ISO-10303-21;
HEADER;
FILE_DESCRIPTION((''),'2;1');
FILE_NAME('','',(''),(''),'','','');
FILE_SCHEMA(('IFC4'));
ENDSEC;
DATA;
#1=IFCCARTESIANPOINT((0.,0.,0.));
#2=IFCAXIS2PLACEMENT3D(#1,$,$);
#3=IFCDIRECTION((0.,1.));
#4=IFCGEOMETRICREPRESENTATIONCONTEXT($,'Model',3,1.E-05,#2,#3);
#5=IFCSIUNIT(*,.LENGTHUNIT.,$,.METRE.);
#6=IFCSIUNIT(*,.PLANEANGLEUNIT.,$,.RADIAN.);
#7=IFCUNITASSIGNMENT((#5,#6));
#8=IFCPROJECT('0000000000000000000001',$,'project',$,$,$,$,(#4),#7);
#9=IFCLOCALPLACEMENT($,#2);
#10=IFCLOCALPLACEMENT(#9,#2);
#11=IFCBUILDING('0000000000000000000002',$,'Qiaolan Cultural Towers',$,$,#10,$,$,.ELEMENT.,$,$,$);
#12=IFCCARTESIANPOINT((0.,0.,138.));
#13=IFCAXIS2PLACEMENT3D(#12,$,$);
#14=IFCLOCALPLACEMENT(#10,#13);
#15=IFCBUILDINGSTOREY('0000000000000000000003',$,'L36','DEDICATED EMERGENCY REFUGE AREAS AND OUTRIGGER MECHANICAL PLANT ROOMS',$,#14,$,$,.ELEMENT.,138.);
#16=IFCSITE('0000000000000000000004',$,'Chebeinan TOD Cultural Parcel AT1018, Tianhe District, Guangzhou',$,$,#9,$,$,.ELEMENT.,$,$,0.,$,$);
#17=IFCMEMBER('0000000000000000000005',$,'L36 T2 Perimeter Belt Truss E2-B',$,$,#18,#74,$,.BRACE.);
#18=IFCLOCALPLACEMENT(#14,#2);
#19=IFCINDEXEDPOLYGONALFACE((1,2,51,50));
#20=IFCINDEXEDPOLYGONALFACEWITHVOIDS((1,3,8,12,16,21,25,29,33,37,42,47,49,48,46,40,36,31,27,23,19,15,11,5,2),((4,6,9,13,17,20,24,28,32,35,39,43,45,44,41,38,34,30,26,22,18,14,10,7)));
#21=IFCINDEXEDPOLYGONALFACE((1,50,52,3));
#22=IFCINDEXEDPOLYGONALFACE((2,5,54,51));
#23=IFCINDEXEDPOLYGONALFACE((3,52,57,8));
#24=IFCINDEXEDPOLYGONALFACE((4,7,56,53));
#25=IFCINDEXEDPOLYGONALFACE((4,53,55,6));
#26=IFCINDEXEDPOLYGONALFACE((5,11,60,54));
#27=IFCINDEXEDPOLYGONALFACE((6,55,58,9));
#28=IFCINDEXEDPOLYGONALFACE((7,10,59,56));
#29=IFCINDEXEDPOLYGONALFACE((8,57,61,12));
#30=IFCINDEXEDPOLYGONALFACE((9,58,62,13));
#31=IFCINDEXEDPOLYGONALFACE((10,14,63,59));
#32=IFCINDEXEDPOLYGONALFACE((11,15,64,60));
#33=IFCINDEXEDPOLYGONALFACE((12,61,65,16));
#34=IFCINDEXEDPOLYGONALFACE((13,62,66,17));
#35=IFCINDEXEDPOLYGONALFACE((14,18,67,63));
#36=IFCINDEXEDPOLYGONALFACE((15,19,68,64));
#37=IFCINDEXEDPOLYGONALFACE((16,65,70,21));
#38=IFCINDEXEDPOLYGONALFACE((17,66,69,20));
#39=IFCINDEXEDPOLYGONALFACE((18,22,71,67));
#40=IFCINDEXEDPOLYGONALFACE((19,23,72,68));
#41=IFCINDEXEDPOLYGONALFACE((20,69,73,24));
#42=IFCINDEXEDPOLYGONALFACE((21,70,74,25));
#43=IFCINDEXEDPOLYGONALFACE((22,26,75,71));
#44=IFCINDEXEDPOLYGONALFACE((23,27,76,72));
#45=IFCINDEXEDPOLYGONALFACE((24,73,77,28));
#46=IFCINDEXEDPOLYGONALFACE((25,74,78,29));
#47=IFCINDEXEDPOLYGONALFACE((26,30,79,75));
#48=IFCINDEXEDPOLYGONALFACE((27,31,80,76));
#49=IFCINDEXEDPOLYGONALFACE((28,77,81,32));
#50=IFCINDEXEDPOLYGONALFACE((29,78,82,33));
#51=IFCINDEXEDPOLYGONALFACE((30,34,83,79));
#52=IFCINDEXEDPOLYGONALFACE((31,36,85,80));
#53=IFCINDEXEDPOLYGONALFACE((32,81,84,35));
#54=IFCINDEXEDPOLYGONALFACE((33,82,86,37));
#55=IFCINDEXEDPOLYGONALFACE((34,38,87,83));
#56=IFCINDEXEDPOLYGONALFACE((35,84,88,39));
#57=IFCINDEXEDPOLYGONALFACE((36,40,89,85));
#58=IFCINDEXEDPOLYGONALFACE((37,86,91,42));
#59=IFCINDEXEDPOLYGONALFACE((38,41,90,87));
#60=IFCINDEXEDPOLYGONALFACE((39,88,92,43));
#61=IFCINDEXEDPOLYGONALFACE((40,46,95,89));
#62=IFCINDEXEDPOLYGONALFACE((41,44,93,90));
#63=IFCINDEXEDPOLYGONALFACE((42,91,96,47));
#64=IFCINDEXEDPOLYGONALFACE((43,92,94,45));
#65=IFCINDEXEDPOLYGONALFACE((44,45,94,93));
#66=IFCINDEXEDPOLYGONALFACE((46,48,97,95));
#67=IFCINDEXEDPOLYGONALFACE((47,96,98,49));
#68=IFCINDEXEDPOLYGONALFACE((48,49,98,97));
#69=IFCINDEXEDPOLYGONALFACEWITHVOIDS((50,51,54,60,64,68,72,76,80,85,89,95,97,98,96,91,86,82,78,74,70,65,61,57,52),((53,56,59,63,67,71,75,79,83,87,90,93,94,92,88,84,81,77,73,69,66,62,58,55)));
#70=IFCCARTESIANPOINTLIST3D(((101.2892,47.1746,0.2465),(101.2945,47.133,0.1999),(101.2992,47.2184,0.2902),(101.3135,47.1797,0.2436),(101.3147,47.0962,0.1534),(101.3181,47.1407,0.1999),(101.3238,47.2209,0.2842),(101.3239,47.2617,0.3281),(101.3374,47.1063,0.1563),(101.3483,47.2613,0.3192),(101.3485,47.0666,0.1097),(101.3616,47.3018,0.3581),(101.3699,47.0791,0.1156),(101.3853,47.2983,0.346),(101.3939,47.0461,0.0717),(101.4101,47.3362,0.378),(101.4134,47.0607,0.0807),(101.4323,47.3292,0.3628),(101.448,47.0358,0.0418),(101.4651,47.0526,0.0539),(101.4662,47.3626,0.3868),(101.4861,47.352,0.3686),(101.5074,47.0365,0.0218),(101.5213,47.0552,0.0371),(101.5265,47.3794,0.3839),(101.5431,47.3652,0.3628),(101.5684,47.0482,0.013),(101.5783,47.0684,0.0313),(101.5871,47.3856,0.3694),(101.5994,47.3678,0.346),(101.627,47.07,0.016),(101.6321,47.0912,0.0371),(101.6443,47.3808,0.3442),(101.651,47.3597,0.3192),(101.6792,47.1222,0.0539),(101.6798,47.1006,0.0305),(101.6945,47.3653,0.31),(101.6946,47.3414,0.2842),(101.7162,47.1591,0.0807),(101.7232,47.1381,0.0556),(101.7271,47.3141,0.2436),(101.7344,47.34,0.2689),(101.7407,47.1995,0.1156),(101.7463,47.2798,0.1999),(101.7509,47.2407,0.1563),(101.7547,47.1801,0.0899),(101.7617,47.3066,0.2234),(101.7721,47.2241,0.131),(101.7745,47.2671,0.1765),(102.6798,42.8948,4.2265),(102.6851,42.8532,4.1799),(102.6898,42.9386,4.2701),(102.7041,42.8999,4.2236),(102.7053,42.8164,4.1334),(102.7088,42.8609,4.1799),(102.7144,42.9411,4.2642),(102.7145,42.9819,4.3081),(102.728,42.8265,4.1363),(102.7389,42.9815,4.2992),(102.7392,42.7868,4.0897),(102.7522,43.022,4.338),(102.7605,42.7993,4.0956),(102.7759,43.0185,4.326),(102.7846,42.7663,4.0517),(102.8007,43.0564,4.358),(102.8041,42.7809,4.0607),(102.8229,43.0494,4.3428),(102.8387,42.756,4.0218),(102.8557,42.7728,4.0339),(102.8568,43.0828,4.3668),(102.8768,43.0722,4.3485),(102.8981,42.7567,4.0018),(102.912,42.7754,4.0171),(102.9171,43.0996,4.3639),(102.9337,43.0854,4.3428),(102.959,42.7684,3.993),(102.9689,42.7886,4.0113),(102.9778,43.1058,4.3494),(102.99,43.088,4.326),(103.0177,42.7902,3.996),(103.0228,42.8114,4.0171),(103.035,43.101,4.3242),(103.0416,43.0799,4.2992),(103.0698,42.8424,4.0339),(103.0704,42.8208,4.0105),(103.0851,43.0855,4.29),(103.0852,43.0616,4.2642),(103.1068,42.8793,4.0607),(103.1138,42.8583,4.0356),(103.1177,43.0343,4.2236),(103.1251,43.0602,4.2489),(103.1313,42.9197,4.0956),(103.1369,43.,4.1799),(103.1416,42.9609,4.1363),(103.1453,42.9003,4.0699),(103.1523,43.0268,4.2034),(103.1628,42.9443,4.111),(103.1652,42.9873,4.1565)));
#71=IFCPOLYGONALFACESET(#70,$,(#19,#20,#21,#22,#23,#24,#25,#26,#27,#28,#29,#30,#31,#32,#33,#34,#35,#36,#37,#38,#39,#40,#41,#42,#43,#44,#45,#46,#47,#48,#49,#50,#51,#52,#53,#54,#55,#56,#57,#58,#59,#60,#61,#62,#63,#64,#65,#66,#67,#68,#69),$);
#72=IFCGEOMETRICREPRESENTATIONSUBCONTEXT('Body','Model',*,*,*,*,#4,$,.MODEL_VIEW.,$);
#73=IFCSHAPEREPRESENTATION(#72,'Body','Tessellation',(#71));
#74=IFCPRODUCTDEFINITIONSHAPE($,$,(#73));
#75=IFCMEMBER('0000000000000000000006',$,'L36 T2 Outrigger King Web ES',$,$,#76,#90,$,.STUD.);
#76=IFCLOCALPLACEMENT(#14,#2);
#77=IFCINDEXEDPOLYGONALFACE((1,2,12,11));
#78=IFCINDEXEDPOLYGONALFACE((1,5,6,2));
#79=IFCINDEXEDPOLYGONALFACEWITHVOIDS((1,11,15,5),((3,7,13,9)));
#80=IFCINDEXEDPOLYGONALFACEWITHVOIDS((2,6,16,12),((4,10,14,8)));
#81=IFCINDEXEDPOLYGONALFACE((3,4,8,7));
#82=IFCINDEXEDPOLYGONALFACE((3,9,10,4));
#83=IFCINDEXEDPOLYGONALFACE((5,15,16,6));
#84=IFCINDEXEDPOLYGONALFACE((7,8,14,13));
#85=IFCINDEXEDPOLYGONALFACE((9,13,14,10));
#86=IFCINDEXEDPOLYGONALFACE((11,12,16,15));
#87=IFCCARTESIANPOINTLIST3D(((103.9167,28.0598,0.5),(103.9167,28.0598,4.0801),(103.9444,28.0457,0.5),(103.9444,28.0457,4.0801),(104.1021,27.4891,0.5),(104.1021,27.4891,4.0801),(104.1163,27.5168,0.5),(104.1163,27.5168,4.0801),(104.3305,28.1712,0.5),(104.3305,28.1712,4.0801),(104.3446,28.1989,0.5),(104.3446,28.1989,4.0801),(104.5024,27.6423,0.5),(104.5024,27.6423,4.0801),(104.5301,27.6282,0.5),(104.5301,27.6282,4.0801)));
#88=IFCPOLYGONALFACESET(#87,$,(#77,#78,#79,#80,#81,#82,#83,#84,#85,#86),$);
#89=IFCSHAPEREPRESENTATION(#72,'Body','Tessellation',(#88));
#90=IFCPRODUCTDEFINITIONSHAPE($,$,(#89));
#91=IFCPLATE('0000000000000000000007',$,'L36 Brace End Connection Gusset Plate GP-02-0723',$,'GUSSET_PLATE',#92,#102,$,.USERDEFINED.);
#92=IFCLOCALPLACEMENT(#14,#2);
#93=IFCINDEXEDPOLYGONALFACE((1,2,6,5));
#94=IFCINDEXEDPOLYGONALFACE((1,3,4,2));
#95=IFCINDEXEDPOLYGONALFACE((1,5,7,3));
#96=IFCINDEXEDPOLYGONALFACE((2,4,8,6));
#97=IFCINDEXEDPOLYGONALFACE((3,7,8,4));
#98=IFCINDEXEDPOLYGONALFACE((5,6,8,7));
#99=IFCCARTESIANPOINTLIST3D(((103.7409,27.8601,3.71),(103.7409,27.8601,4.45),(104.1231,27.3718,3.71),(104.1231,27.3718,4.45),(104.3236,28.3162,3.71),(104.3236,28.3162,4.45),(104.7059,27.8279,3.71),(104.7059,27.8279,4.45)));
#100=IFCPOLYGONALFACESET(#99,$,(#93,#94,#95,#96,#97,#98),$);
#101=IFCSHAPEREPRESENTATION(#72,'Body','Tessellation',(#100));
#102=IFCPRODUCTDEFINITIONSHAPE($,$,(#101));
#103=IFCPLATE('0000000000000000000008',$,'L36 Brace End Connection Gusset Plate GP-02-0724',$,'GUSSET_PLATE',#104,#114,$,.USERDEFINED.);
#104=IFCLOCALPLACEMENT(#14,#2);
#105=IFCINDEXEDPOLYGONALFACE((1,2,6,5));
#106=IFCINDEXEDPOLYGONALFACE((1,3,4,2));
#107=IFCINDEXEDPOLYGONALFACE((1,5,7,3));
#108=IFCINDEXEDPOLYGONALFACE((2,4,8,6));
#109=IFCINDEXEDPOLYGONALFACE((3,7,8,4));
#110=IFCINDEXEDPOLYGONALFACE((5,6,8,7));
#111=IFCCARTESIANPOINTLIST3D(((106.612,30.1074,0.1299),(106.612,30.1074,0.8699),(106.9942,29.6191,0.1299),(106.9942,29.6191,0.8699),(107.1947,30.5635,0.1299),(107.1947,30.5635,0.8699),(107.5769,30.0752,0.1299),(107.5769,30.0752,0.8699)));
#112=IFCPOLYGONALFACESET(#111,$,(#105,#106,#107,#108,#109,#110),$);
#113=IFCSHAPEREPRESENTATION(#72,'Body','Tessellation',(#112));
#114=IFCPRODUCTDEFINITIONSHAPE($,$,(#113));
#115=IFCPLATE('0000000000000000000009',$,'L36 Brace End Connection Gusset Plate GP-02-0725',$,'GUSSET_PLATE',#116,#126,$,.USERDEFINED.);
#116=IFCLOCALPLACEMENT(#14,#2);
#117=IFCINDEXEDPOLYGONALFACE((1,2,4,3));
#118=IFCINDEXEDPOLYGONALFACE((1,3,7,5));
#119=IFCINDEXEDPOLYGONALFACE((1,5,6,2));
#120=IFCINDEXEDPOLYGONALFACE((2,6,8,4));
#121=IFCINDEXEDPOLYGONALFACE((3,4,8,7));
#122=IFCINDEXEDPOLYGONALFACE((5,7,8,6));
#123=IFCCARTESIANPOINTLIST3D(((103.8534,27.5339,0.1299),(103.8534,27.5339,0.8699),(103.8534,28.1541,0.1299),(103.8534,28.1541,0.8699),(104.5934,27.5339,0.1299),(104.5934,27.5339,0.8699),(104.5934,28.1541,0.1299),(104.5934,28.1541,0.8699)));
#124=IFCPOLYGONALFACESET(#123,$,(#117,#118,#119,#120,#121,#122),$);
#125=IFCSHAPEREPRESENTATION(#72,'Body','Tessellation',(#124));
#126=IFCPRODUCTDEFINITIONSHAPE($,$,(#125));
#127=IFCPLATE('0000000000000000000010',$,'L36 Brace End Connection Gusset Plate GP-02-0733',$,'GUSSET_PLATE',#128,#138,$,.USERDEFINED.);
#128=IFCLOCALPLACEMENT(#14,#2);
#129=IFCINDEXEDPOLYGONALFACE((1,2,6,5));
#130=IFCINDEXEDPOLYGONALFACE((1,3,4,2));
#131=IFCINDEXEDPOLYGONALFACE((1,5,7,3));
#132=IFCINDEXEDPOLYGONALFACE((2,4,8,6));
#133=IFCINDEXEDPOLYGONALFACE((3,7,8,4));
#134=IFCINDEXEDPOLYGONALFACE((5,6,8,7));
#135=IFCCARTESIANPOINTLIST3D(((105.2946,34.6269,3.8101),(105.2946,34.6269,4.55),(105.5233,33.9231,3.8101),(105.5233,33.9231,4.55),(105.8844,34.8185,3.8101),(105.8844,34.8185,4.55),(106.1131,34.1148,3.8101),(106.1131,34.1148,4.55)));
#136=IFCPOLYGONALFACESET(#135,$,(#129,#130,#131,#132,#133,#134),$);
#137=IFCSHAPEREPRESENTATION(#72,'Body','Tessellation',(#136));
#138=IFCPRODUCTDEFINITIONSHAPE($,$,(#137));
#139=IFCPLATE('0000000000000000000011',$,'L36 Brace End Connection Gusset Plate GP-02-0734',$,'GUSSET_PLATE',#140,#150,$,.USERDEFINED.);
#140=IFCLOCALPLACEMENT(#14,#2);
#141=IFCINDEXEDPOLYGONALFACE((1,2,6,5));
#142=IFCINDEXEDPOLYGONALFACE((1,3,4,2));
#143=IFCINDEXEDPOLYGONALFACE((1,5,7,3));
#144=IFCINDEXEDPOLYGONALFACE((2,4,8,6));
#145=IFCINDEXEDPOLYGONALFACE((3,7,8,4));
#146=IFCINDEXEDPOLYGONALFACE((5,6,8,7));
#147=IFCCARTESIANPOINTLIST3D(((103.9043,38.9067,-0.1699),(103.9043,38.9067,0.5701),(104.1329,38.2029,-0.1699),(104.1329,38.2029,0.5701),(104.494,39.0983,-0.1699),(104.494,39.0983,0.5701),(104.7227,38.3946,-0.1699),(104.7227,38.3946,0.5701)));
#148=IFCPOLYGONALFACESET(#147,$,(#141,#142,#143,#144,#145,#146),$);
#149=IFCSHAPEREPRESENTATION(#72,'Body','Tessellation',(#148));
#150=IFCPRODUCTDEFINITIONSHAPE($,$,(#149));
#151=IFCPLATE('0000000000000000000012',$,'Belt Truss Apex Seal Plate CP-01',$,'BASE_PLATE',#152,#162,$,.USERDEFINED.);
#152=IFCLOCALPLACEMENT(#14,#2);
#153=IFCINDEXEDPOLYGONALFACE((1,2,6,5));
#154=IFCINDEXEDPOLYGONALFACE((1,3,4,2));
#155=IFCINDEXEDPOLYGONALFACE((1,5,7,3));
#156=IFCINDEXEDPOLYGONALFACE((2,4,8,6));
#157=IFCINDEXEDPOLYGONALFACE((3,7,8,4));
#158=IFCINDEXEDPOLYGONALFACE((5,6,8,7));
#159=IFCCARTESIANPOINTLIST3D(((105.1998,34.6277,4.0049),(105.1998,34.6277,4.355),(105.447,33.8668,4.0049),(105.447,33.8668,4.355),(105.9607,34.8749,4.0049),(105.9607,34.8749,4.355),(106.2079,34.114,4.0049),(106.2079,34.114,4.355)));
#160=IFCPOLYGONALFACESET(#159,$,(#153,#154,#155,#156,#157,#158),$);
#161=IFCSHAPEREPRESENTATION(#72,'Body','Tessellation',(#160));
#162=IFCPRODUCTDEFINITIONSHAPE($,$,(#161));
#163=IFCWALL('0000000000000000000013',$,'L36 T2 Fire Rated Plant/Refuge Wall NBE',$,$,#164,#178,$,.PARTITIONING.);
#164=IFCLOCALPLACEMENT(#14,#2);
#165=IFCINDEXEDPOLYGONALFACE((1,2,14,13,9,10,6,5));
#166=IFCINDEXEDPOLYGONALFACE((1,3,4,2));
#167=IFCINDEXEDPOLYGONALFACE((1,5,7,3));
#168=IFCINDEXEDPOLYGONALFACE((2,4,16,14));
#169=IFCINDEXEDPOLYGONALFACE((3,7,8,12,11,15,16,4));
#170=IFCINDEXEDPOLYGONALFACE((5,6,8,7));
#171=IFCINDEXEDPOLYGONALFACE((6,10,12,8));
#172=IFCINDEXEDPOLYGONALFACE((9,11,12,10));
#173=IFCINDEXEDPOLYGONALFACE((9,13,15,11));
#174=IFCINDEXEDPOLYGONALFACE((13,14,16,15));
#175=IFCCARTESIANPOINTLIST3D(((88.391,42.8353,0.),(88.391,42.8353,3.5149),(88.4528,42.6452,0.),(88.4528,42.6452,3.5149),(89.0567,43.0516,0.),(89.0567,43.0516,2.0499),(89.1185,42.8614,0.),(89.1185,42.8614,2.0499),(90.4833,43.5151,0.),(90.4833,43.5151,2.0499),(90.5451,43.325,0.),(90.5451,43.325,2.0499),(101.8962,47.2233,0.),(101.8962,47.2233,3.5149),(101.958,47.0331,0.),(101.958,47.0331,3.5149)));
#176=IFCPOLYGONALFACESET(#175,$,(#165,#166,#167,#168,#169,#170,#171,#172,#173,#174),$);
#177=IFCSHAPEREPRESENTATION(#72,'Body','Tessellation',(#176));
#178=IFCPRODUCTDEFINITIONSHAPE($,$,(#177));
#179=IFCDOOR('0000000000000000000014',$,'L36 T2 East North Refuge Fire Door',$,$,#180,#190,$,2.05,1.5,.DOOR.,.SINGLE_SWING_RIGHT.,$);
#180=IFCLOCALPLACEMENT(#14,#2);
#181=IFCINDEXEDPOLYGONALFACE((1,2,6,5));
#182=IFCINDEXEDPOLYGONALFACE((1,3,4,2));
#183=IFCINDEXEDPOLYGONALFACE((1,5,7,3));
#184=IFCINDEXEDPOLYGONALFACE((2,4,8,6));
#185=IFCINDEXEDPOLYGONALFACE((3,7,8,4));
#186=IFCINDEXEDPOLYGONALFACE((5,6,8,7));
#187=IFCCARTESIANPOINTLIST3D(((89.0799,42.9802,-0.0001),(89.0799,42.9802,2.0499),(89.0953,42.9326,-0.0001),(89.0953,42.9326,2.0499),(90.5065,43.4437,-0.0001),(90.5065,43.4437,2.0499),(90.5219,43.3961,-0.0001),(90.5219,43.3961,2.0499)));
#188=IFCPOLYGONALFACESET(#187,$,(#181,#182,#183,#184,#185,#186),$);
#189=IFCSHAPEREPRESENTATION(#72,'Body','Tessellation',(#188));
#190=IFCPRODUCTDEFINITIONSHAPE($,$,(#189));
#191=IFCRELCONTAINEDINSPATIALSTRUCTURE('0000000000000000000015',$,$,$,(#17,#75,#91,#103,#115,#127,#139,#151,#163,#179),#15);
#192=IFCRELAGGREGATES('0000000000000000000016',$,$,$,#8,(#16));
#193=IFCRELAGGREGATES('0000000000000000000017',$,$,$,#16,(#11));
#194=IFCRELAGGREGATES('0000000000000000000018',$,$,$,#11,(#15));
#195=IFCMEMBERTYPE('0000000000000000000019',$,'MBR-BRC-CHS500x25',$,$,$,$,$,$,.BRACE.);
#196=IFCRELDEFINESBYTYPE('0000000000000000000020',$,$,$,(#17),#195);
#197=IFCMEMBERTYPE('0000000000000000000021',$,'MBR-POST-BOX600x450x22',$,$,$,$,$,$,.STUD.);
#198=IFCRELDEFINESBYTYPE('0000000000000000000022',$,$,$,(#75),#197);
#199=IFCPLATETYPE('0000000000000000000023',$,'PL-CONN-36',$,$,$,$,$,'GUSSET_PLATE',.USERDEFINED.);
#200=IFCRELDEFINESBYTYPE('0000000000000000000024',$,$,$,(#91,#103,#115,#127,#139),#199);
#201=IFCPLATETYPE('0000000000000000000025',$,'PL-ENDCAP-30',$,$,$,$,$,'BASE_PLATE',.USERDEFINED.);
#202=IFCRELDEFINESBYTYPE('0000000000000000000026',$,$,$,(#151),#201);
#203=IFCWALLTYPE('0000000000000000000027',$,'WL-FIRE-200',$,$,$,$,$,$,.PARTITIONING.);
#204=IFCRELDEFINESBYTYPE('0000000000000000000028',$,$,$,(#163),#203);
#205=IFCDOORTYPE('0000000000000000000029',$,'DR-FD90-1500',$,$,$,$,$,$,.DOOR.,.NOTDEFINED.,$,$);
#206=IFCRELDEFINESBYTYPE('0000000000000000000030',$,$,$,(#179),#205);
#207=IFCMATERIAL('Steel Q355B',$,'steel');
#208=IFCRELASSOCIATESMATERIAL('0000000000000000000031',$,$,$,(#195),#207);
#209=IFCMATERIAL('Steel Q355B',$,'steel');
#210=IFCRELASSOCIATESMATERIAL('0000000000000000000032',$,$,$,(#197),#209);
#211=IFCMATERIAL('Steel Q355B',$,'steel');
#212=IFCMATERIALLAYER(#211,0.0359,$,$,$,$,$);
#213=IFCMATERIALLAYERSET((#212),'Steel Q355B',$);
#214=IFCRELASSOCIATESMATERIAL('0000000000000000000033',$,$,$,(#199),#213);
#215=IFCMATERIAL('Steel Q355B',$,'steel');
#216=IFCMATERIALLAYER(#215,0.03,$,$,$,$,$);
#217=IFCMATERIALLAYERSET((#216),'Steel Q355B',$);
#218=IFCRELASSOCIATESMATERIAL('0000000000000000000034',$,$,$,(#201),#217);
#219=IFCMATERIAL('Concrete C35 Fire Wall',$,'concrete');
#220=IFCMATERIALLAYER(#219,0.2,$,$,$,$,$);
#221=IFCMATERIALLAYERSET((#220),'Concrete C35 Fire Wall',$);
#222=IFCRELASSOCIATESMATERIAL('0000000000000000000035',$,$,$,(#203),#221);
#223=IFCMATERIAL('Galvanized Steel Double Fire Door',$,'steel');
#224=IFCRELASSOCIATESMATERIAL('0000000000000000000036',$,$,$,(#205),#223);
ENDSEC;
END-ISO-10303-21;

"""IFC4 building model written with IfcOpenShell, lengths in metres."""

from ifc_helpers import new_model, si_unit, direction, frame, frame_2d, origin, origin_2d, place, context, subcontext, project, spatial, rectangle, hollow_rectangle, hollow_circle, extrude, material, layer, layer_set, material_profile, profile_set, type_object, element, fill, save


model = new_model("IFC4")

# Units and contexts
model_context = context("Model", 3, precision=1e-05, world=origin(), true_north=direction((0.0, 1.0)))
body_context = subcontext(model_context, "Body", "Model", "MODEL_VIEW")
ifc_project = project(units=[si_unit("LENGTHUNIT", "METRE"), si_unit("PLANEANGLEUNIT", "RADIAN")], contexts=[model_context])

# Site, building, storey
site_placement = place(None, origin())
site = spatial("IfcSite", under=ifc_project, at=site_placement, Name="Chebeinan TOD Cultural Parcel AT1018, Tianhe District, Guangzhou", CompositionType="ELEMENT", RefElevation=0.0)
building_placement = place(site_placement, origin())
building = spatial("IfcBuilding", under=site, at=building_placement, Name="Qiaolan Cultural Towers", CompositionType="ELEMENT")
storey_placement = place(building_placement, frame((0.0, 0.0, 138.0)))
storey = spatial("IfcBuildingStorey", under=building, at=storey_placement, Name="L36", Description="DEDICATED EMERGENCY REFUGE AREAS AND OUTRIGGER MECHANICAL PLANT ROOMS", CompositionType="ELEMENT", Elevation=138.0)

# Members
ifc_material_1 = material(Name="Steel Q355B", Category="steel")
ifc_material_profile_1 = material_profile(ifc_material_1, hollow_circle(Radius=0.25, WallThickness=0.0249, at=origin_2d()), Name="CHS500x25")
ifc_profile_set_1 = profile_set([ifc_material_profile_1], Name="Steel Q355B")
member_type_1 = type_object("IfcMemberType", Name="MBR-BRC-CHS500x25", PredefinedType="BRACE", material=ifc_profile_set_1)
for number, where, z_axis, x_axis, name in (
    (1, (102.9229, 42.9304, 4.1799), (-0.23148, 0.712401, -0.662497), (-0.951054, -0.309025, 0.0), "L36 T2 Perimeter Belt Truss E2-B"),
):
    element("IfcMember", number, at=place(storey_placement, frame(where, z_axis=z_axis, x_axis=x_axis)), inside=storey, type_object=member_type_1, Name=name, PredefinedType="BRACE", context=body_context, shape_type="SweptSolid", body=[
        extrude(hollow_circle(Radius=0.25, WallThickness=0.0249, at=origin_2d()), origin(), (0.0, 0.0, 1.0), 6.0076),
    ])
ifc_material_2 = material(Name="Steel Q355B", Category="steel")
ifc_material_profile_2 = material_profile(ifc_material_2, hollow_rectangle(XDim=0.45, YDim=0.6001, WallThickness=0.022, at=origin_2d()), Name="BOX600x450x22")
ifc_profile_set_2 = profile_set([ifc_material_profile_2], Name="Steel Q355B")
member_type_2 = type_object("IfcMemberType", Name="MBR-POST-BOX600x450x22", PredefinedType="STUD", material=ifc_profile_set_2)
member_1_placement = place(storey_placement, frame((104.2234, 27.844, 0.5), z_axis=(0.0, 0.0, 1.0), x_axis=(0.951057, 0.309017, 0.0)))
element("IfcMember", 2, at=member_1_placement, inside=storey, type_object=member_type_2, Name="L36 T2 Outrigger King Web ES", PredefinedType="STUD", context=body_context, shape_type="SweptSolid", body=[
    extrude(hollow_rectangle(XDim=0.45, YDim=0.6001, WallThickness=0.022, at=origin_2d()), origin(), (0.0, 0.0, 1.0), 3.5801),
])

# Plates
ifc_material_3 = material(Name="Steel Q355B", Category="steel")
ifc_layer_1 = layer(ifc_material_3, 0.0359)
ifc_layer_set_1 = layer_set([ifc_layer_1], Name="Steel Q355B")
plate_type_1 = type_object("IfcPlateType", Name="PL-CONN-36", ElementType="GUSSET_PLATE", PredefinedType="USERDEFINED", material=ifc_layer_set_1)
for number, where, z_axis, x_axis, name in (
    (3, (104.2234, 27.844, 3.71), (0.0, 0.0, 1.0), (0.787471, 0.616352, 0.0), "L36 Brace End Connection Gusset Plate GP-02-0723"),
    (4, (107.0945, 30.0913, 0.1299), (0.0, 0.0, 1.0), (0.787471, 0.616352, 0.0), "L36 Brace End Connection Gusset Plate GP-02-0724"),
    (5, (104.2234, 27.844, 0.1299), (0.0, 0.0, 1.0), (1.0, 0.0, 0.0), "L36 Brace End Connection Gusset Plate GP-02-0725"),
    (6, (105.7039, 34.3708, 3.8101), (0.0, 0.0, 1.0), (-0.309017, 0.951057, 0.0), "L36 Brace End Connection Gusset Plate GP-02-0733"),
    (7, (104.3135, 38.6506, -0.1699), (0.0, 0.0, 1.0), (-0.309017, 0.951057, 0.0), "L36 Brace End Connection Gusset Plate GP-02-0734"),
):
    element("IfcPlate", number, at=place(storey_placement, frame(where, z_axis=z_axis, x_axis=x_axis)), inside=storey, type_object=plate_type_1, Name=name, ObjectType="GUSSET_PLATE", PredefinedType="USERDEFINED", context=body_context, shape_type="SweptSolid", body=[
        extrude(rectangle(XDim=0.74, YDim=0.6201, at=origin_2d()), origin(), (0.0, 0.0, 1.0), 0.74),
    ])
ifc_material_4 = material(Name="Steel Q355B", Category="steel")
ifc_layer_2 = layer(ifc_material_4, 0.03)
ifc_layer_set_2 = layer_set([ifc_layer_2], Name="Steel Q355B")
plate_type_2 = type_object("IfcPlateType", Name="PL-ENDCAP-30", ElementType="BASE_PLATE", PredefinedType="USERDEFINED", material=ifc_layer_set_2)
plate_placement = place(storey_placement, frame((105.7039, 34.3708, 4.0049), z_axis=(0.0, 0.0, 1.0), x_axis=(0.951057, 0.309017, 0.0)))
element("IfcPlate", 8, at=plate_placement, inside=storey, type_object=plate_type_2, Name="Belt Truss Apex Seal Plate CP-01", ObjectType="BASE_PLATE", PredefinedType="USERDEFINED", context=body_context, shape_type="SweptSolid", body=[
    extrude(rectangle(XDim=0.8, YDim=0.8, at=origin_2d()), origin(), (0.0, 0.0, 1.0), 0.3501),
])

# Wall, opening, door
ifc_material_5 = material(Name="Concrete C35 Fire Wall", Category="concrete")
ifc_layer_3 = layer(ifc_material_5, 0.2)
ifc_layer_set_3 = layer_set([ifc_layer_3], Name="Concrete C35 Fire Wall")
wall_type = type_object("IfcWallType", Name="WL-FIRE-200", PredefinedType="PARTITIONING", material=ifc_layer_set_3)
wall_1_placement = place(storey_placement, frame((88.4219, 42.7402, 0.0), z_axis=(0.0, 0.0, 1.0), x_axis=(0.951059, 0.309008, 0.0)))
wall_1 = element("IfcWall", 9, at=wall_1_placement, inside=storey, type_object=wall_type, Name="L36 T2 Fire Rated Plant/Refuge Wall NBE", PredefinedType="PARTITIONING", context=body_context, shape_type="SweptSolid", body=[
    extrude(rectangle(XDim=14.2002, YDim=0.2, at=frame_2d((7.1001, 0.0))), origin(), (0.0, 0.0, 1.0), 3.5149),
])
opening_1_placement = place(wall_1_placement, frame((0.7, 0.0, 0.0)))
opening_1 = element("IfcOpeningElement", 10, at=opening_1_placement, cuts=wall_1, PredefinedType="OPENING", context=body_context, shape_type="SweptSolid", body=[
    extrude(rectangle(XDim=1.5, YDim=2.05, at=frame_2d((0.75, 1.0249))), frame((0.0, 0.1099, 0.0), z_axis=(0.0, -1.0, 0.0), x_axis=(1.0, 0.0, 0.0)), (0.0, 0.0, 1.0), 0.22),
])
ifc_material_6 = material(Name="Galvanized Steel Double Fire Door", Category="steel")
door_type_1 = type_object("IfcDoorType", Name="DR-FD90-1500", OperationType="NOTDEFINED", PredefinedType="DOOR", material=ifc_material_6)
door_1_placement = place(opening_1_placement, origin())
door_1 = element("IfcDoor", 11, at=door_1_placement, inside=storey, type_object=door_type_1, Name="L36 T2 East North Refuge Fire Door", OperationType="SINGLE_SWING_RIGHT", OverallHeight=2.05, OverallWidth=1.5, PredefinedType="DOOR", context=body_context, shape_type="SweptSolid", body=[
    extrude(rectangle(XDim=1.5, YDim=2.05, at=frame_2d((0.75, 1.0249))), frame((0.0, 0.0249, 0.0), z_axis=(0.0, -1.0, 0.0), x_axis=(1.0, 0.0, 0.0)), (0.0, 0.0, 1.0), 0.05),
])
fill(opening_1, door_1)

save(model, "model.ifc")
